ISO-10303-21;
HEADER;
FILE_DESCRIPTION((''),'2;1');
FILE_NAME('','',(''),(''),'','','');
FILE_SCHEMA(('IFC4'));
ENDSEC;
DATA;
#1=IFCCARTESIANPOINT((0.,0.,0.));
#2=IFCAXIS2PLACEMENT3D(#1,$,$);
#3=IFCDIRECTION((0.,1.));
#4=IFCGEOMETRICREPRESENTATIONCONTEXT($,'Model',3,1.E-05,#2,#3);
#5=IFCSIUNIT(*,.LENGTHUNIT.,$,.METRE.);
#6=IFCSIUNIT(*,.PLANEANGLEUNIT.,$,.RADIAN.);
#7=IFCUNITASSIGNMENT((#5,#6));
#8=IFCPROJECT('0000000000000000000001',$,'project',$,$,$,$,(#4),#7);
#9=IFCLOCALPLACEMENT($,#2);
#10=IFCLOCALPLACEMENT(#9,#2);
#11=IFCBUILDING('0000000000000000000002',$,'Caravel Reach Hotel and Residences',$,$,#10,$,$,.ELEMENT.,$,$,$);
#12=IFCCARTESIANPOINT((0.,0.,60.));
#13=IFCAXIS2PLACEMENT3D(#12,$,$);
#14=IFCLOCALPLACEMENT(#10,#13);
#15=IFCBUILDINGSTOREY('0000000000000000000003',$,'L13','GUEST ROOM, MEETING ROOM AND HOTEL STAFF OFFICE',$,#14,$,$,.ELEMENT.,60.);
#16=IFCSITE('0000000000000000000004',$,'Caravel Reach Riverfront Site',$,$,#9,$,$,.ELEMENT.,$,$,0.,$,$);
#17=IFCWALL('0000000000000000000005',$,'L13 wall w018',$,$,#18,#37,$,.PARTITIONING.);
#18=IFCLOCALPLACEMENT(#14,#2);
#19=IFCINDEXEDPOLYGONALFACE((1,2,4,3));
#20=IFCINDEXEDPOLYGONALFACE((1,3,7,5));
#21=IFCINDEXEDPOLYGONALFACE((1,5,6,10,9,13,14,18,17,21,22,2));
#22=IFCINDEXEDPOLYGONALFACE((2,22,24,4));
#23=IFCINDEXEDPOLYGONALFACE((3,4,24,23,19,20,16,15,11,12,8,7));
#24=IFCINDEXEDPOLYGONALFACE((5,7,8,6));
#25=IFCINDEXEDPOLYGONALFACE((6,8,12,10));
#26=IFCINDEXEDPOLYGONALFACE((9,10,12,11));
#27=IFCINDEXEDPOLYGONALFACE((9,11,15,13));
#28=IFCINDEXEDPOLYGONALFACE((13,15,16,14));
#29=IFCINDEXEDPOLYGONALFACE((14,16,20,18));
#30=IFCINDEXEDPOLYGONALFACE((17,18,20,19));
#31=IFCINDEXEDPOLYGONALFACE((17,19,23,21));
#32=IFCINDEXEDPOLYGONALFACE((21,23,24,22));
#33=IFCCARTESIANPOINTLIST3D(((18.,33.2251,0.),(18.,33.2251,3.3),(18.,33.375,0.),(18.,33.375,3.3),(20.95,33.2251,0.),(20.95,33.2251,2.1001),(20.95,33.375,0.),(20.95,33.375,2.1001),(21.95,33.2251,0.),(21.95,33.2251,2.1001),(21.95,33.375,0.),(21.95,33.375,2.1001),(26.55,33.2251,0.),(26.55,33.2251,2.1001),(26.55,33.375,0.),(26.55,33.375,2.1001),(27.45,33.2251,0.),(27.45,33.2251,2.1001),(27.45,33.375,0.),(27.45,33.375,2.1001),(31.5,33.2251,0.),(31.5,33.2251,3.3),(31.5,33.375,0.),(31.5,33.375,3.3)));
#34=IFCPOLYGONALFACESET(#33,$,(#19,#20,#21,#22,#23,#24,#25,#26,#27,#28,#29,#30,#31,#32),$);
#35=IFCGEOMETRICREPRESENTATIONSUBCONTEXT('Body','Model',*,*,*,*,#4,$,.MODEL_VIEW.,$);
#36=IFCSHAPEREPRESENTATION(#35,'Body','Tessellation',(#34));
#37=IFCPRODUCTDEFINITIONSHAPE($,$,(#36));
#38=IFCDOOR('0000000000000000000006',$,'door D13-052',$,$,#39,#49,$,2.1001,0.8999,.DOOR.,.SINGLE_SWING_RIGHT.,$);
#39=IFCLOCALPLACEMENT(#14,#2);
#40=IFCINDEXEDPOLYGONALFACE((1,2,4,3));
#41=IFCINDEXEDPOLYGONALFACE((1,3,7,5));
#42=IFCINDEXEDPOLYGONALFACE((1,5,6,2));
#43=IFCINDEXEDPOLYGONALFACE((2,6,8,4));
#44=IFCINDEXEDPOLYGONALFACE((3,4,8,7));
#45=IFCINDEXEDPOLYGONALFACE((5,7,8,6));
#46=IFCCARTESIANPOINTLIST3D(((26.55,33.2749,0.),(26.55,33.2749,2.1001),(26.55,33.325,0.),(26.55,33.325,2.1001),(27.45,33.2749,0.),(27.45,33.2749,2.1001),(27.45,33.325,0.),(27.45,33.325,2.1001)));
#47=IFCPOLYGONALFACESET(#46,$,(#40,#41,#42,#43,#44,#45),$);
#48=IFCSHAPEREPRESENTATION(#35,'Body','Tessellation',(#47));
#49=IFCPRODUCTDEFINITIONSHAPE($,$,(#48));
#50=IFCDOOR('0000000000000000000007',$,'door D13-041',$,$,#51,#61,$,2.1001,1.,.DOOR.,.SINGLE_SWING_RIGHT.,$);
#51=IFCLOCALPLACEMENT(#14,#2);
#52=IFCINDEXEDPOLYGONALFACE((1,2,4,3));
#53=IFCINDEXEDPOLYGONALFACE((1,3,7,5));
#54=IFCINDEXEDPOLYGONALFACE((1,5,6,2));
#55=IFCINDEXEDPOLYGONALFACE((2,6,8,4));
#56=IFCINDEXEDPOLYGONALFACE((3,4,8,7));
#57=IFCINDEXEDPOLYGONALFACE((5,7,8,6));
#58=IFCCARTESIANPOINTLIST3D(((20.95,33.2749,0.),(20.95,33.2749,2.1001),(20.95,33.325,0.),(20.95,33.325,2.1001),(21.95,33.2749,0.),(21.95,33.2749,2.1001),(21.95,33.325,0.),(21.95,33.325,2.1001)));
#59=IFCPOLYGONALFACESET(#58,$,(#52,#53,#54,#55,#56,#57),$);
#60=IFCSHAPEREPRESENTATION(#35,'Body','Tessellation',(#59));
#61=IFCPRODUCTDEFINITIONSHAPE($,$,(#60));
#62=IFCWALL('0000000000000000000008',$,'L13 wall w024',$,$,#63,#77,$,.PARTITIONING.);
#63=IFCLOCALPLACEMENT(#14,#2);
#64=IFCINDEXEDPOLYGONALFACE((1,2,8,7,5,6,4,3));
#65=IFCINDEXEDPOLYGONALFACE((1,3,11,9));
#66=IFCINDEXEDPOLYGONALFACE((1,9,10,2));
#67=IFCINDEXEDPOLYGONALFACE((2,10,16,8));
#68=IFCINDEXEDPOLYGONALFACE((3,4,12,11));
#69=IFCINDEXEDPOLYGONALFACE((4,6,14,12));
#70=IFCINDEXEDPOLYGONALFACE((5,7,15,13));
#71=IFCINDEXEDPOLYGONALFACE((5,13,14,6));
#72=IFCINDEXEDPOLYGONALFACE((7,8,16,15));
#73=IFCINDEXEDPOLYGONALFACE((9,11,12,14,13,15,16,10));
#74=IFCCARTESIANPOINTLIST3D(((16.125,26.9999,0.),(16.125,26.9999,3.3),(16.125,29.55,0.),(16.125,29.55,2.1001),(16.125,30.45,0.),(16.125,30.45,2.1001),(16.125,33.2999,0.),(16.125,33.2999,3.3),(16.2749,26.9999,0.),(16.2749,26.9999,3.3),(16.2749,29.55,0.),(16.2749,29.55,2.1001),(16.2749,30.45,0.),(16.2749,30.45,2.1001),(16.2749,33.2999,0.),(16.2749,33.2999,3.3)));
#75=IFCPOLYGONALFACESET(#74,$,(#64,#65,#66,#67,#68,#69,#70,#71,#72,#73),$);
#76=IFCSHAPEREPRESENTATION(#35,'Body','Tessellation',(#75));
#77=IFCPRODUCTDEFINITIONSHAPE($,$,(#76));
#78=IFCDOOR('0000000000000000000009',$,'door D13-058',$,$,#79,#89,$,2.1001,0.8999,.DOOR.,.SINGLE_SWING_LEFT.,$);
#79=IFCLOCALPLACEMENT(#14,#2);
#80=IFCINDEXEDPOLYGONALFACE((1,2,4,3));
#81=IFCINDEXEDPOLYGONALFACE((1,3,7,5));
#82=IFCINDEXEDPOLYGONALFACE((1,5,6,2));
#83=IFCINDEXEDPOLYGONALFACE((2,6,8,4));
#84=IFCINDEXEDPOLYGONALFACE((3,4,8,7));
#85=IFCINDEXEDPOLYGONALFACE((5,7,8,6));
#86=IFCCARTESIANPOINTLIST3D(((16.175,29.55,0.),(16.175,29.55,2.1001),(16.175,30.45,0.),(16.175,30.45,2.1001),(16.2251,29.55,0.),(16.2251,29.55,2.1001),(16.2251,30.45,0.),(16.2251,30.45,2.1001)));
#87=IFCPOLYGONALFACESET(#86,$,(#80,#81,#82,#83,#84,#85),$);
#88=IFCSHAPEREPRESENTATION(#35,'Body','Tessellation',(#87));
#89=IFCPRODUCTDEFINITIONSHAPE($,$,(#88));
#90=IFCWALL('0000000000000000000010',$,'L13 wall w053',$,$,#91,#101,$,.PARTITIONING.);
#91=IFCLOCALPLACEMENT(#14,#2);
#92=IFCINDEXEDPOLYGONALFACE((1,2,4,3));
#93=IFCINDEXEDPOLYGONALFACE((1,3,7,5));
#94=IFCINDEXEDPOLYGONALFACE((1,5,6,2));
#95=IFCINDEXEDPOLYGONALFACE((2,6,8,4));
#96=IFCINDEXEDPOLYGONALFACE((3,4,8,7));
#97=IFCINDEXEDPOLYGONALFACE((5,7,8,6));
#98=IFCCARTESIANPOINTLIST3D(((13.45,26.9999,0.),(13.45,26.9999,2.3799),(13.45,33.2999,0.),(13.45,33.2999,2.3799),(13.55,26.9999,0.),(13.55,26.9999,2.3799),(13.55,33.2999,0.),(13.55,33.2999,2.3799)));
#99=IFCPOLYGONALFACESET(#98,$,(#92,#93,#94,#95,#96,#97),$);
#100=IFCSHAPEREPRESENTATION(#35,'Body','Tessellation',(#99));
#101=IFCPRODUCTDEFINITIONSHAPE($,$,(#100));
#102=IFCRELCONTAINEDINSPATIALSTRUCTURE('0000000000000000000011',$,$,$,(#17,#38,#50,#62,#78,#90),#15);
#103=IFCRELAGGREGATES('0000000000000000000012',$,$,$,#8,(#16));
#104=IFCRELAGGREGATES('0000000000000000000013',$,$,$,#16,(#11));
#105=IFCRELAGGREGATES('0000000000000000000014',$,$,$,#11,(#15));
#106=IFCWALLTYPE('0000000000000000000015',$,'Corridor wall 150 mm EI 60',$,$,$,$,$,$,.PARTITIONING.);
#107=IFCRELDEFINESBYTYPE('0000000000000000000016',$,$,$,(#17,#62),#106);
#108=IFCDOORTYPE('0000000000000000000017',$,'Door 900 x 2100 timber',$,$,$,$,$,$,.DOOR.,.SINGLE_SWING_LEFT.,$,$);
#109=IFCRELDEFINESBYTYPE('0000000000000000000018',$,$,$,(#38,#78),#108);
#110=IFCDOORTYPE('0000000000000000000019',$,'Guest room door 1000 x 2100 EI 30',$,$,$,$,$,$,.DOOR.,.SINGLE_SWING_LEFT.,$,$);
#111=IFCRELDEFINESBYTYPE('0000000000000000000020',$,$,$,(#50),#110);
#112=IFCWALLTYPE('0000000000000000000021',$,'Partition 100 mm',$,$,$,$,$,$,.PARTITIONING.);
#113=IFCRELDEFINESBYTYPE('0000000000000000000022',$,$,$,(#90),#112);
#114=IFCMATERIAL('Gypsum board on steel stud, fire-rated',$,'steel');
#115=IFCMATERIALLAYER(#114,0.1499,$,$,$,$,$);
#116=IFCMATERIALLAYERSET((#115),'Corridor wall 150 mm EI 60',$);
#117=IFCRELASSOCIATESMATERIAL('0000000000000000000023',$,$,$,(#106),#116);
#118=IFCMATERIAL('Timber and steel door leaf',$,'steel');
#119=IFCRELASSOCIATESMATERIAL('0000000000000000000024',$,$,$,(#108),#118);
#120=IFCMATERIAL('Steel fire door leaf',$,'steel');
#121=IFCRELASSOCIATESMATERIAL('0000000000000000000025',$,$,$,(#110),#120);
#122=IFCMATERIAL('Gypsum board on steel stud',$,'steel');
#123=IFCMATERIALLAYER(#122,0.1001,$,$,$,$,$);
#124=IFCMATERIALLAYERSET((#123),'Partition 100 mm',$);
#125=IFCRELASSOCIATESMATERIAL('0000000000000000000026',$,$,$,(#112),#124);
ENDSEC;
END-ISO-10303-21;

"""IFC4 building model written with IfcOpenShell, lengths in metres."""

from ifc_helpers import new_model, si_unit, direction, frame, frame_2d, origin, place, context, subcontext, project, spatial, rectangle, extrude, material, layer, layer_set, type_object, element, fill, save


model = new_model("IFC4")

# Units and contexts
model_context = context("Model", 3, precision=1e-05, world=origin(), true_north=direction((0.0, 1.0)))
body_context = subcontext(model_context, "Body", "Model", "MODEL_VIEW")
ifc_project = project(units=[si_unit("LENGTHUNIT", "METRE"), si_unit("PLANEANGLEUNIT", "RADIAN")], contexts=[model_context])

# Site, building, storey
site_placement = place(None, origin())
site = spatial("IfcSite", under=ifc_project, at=site_placement, Name="Caravel Reach Riverfront Site", CompositionType="ELEMENT", RefElevation=0.0)
building_placement = place(site_placement, origin())
building = spatial("IfcBuilding", under=site, at=building_placement, Name="Caravel Reach Hotel and Residences", CompositionType="ELEMENT")
storey_placement = place(building_placement, frame((0.0, 0.0, 60.0)))
storey = spatial("IfcBuildingStorey", under=building, at=storey_placement, Name="L13", Description="GUEST ROOM, MEETING ROOM AND HOTEL STAFF OFFICE", CompositionType="ELEMENT", Elevation=60.0)

# Wall, openings, doors
ifc_material_1 = material(Name="Gypsum board on steel stud, fire-rated", Category="steel")
ifc_layer_1 = layer(ifc_material_1, 0.1499)
ifc_layer_set_1 = layer_set([ifc_layer_1], Name="Corridor wall 150 mm EI 60")
wall_type_1 = type_object("IfcWallType", Name="Corridor wall 150 mm EI 60", PredefinedType="PARTITIONING", material=ifc_layer_set_1)
wall_1_placement = place(storey_placement, frame((18.0, 33.3, 0.0), z_axis=(0.0, 0.0, 1.0), x_axis=(1.0, 0.0, 0.0)))
wall_1 = element("IfcWall", 1, at=wall_1_placement, inside=storey, type_object=wall_type_1, Name="L13 wall w018", PredefinedType="PARTITIONING", context=body_context, shape_type="SweptSolid", body=[
    extrude(rectangle(XDim=13.5, YDim=0.1499, at=frame_2d((6.75, 0.0))), origin(), (0.0, 0.0, 1.0), 3.3),
])
opening_1_placement = place(wall_1_placement, frame((2.95, 0.0, 0.0)))
opening_1 = element("IfcOpeningElement", 2, at=opening_1_placement, cuts=wall_1, PredefinedType="OPENING", context=body_context, shape_type="SweptSolid", body=[
    extrude(rectangle(XDim=1.0, YDim=2.1001, at=frame_2d((0.5, 1.05))), frame((0.0, 0.085, 0.0), z_axis=(0.0, -1.0, 0.0), x_axis=(1.0, 0.0, 0.0)), (0.0, 0.0, 1.0), 0.1699),
])
opening_2_placement = place(wall_1_placement, frame((8.55, 0.0, 0.0)))
opening_2 = element("IfcOpeningElement", 3, at=opening_2_placement, cuts=wall_1, PredefinedType="OPENING", context=body_context, shape_type="SweptSolid", body=[
    extrude(rectangle(XDim=0.8999, YDim=2.1001, at=frame_2d((0.45, 1.05))), frame((0.0, 0.085, 0.0), z_axis=(0.0, -1.0, 0.0), x_axis=(1.0, 0.0, 0.0)), (0.0, 0.0, 1.0), 0.1699),
])
ifc_material_2 = material(Name="Timber and steel door leaf", Category="steel")
door_type_1 = type_object("IfcDoorType", Name="Door 900 x 2100 timber", OperationType="SINGLE_SWING_LEFT", PredefinedType="DOOR", material=ifc_material_2)
door_1_placement = place(opening_2_placement, origin())
door_1 = element("IfcDoor", 4, at=door_1_placement, inside=storey, type_object=door_type_1, Name="door D13-052", OperationType="SINGLE_SWING_RIGHT", OverallHeight=2.1001, OverallWidth=0.8999, PredefinedType="DOOR", context=body_context, shape_type="SweptSolid", body=[
    extrude(rectangle(XDim=0.8999, YDim=2.1001, at=frame_2d((0.45, 1.05))), frame((0.0, 0.0249, 0.0), z_axis=(0.0, -1.0, 0.0), x_axis=(1.0, 0.0, 0.0)), (0.0, 0.0, 1.0), 0.05),
])
fill(opening_2, door_1)
ifc_material_3 = material(Name="Steel fire door leaf", Category="steel")
door_type_2 = type_object("IfcDoorType", Name="Guest room door 1000 x 2100 EI 30", OperationType="SINGLE_SWING_LEFT", PredefinedType="DOOR", material=ifc_material_3)
door_2_placement = place(opening_1_placement, origin())
door_2 = element("IfcDoor", 5, at=door_2_placement, inside=storey, type_object=door_type_2, Name="door D13-041", OperationType="SINGLE_SWING_RIGHT", OverallHeight=2.1001, OverallWidth=1.0, PredefinedType="DOOR", context=body_context, shape_type="SweptSolid", body=[
    extrude(rectangle(XDim=1.0, YDim=2.1001, at=frame_2d((0.5, 1.05))), frame((0.0, 0.0249, 0.0), z_axis=(0.0, -1.0, 0.0), x_axis=(1.0, 0.0, 0.0)), (0.0, 0.0, 1.0), 0.05),
])
fill(opening_1, door_2)

# Wall, opening, door
wall_2_placement = place(storey_placement, frame((16.2, 27.0, 0.0), z_axis=(0.0, 0.0, 1.0), x_axis=(0.0, 1.0, 0.0)))
wall_2 = element("IfcWall", 6, at=wall_2_placement, inside=storey, type_object=wall_type_1, Name="L13 wall w024", PredefinedType="PARTITIONING", context=body_context, shape_type="SweptSolid", body=[
    extrude(rectangle(XDim=6.3, YDim=0.1499, at=frame_2d((3.1499, 0.0))), origin(), (0.0, 0.0, 1.0), 3.3),
])
opening_3_placement = place(wall_2_placement, frame((2.55, 0.0, 0.0)))
opening_3 = element("IfcOpeningElement", 7, at=opening_3_placement, cuts=wall_2, PredefinedType="OPENING", context=body_context, shape_type="SweptSolid", body=[
    extrude(rectangle(XDim=0.8999, YDim=2.1001, at=frame_2d((0.45, 1.05))), frame((0.0, 0.085, 0.0), z_axis=(0.0, -1.0, 0.0), x_axis=(1.0, 0.0, 0.0)), (0.0, 0.0, 1.0), 0.1699),
])
door_3_placement = place(opening_3_placement, origin())
door_3 = element("IfcDoor", 8, at=door_3_placement, inside=storey, type_object=door_type_1, Name="door D13-058", OperationType="SINGLE_SWING_LEFT", OverallHeight=2.1001, OverallWidth=0.8999, PredefinedType="DOOR", context=body_context, shape_type="SweptSolid", body=[
    extrude(rectangle(XDim=0.8999, YDim=2.1001, at=frame_2d((0.45, 1.05))), frame((0.0, 0.0249, 0.0), z_axis=(0.0, -1.0, 0.0), x_axis=(1.0, 0.0, 0.0)), (0.0, 0.0, 1.0), 0.05),
])
fill(opening_3, door_3)

# Wall
ifc_material_4 = material(Name="Gypsum board on steel stud", Category="steel")
ifc_layer_2 = layer(ifc_material_4, 0.1001)
ifc_layer_set_2 = layer_set([ifc_layer_2], Name="Partition 100 mm")
wall_type_2 = type_object("IfcWallType", Name="Partition 100 mm", PredefinedType="PARTITIONING", material=ifc_layer_set_2)
wall_3_placement = place(storey_placement, frame((13.5, 27.0, 0.0), z_axis=(0.0, 0.0, 1.0), x_axis=(0.0, 1.0, 0.0)))
element("IfcWall", 9, at=wall_3_placement, inside=storey, type_object=wall_type_2, Name="L13 wall w053", PredefinedType="PARTITIONING", context=body_context, shape_type="SweptSolid", body=[
    extrude(rectangle(XDim=6.3, YDim=0.1001, at=frame_2d((3.1499, 0.0))), origin(), (0.0, 0.0, 1.0), 2.3799),
])

save(model, "model.ifc")
